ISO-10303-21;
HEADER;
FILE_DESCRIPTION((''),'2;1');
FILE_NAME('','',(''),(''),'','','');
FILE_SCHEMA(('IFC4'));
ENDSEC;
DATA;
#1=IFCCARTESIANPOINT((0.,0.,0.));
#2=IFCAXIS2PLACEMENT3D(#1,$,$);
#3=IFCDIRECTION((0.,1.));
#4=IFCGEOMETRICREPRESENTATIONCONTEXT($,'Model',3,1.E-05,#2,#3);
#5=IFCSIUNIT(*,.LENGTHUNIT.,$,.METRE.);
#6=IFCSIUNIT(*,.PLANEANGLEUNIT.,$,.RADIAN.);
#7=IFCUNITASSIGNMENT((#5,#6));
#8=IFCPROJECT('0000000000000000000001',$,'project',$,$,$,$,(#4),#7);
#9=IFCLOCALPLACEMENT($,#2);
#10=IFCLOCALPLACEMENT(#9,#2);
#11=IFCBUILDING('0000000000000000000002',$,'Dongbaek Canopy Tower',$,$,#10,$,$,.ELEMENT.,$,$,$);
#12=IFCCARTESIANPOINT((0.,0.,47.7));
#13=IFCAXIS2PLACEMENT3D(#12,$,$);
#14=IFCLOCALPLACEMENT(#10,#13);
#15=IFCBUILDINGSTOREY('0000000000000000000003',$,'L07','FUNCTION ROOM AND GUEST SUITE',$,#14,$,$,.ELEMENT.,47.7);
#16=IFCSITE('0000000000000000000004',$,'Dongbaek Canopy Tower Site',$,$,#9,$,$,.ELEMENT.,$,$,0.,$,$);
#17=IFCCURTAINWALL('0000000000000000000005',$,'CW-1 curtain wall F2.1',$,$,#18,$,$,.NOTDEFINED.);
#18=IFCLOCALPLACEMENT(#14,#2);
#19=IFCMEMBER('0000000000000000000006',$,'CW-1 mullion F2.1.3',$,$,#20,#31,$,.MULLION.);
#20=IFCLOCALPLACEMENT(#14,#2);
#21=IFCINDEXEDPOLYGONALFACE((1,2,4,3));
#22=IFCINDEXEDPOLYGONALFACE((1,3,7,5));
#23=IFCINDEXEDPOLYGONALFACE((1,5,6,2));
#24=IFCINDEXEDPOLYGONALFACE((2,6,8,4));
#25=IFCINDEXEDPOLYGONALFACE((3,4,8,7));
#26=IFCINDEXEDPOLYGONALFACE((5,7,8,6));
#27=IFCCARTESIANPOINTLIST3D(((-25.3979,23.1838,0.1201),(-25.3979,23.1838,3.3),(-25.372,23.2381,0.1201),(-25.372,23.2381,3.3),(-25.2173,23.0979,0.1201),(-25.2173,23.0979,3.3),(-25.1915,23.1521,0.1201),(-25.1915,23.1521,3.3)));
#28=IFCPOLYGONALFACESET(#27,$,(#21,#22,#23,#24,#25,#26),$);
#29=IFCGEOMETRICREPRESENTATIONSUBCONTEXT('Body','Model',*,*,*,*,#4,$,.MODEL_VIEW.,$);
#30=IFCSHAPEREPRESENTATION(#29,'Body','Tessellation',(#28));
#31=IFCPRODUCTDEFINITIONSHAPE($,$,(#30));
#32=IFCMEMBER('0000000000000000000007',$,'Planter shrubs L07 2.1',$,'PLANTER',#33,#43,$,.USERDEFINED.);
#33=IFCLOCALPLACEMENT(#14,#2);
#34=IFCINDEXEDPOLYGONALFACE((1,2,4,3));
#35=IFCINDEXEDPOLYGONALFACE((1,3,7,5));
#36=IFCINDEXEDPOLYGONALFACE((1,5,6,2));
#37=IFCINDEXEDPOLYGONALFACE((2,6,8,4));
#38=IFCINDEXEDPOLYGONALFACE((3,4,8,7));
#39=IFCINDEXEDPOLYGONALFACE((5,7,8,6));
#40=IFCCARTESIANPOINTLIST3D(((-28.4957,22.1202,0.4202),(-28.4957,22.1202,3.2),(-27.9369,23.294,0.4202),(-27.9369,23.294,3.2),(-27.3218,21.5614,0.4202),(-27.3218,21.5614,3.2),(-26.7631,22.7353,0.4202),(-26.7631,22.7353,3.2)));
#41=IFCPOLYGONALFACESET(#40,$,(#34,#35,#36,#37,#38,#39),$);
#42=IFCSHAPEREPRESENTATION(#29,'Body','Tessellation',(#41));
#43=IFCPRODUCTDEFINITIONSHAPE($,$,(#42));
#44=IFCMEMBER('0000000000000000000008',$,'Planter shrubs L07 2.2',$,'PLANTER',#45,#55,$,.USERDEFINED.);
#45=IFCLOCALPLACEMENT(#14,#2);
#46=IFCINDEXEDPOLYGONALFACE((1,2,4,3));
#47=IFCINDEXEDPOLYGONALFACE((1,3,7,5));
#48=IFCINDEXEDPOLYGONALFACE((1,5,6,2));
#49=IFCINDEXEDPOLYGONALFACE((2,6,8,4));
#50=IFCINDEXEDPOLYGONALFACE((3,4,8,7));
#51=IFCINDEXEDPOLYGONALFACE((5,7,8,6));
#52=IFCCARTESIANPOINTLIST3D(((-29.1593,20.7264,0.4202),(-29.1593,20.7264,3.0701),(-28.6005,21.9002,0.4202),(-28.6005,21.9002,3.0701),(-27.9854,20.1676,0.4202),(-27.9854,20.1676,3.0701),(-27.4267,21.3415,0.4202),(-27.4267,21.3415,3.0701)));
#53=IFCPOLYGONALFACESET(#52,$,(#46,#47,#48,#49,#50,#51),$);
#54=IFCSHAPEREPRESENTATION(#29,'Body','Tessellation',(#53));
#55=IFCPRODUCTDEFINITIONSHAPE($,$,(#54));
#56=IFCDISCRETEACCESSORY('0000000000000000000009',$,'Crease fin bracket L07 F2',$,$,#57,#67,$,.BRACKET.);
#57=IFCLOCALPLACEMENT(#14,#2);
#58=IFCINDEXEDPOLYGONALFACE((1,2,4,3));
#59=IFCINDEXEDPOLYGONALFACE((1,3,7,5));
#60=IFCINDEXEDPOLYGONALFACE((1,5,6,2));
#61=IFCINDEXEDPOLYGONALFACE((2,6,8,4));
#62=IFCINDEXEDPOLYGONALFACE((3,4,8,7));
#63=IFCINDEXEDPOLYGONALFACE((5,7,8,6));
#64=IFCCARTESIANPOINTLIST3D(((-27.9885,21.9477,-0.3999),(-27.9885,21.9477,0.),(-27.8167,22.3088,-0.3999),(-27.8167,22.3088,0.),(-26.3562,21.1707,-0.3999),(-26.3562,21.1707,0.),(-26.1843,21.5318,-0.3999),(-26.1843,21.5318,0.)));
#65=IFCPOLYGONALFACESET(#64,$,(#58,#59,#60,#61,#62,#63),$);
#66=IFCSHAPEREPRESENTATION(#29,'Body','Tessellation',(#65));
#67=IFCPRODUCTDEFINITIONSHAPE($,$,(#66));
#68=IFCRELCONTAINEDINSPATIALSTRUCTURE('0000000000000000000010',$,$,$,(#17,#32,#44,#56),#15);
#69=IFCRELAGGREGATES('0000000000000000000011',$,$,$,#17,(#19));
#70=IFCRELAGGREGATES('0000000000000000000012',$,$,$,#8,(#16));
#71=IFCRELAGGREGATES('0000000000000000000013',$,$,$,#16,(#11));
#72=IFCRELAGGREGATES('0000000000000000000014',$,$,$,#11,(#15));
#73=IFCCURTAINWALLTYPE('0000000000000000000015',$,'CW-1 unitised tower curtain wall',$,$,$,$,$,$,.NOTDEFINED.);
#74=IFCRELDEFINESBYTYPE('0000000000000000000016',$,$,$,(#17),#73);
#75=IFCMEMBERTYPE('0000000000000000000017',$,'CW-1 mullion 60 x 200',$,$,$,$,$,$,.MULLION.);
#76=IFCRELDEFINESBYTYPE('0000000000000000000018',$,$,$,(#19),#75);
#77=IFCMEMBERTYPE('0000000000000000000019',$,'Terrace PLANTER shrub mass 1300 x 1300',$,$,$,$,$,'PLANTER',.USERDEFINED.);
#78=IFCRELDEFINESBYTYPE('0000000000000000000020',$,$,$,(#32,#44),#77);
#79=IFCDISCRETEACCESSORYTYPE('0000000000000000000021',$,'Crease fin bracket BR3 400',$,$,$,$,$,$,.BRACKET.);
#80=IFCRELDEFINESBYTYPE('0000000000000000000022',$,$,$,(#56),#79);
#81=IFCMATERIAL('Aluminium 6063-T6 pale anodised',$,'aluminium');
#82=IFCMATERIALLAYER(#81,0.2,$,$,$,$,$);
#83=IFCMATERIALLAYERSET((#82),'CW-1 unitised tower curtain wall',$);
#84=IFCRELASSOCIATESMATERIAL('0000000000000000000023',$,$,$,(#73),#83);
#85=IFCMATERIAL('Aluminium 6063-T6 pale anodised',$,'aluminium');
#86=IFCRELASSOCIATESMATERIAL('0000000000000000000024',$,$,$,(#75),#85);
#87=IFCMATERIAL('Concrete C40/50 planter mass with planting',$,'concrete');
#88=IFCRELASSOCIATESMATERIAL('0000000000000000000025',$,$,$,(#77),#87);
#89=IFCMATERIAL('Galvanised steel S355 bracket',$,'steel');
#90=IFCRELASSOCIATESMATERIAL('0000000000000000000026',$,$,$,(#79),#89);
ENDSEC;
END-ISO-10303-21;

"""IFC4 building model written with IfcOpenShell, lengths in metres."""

from ifc_helpers import new_model, si_unit, direction, frame, origin, origin_2d, place, context, subcontext, project, spatial, rectangle, extrude, material, layer, layer_set, material_profile, profile_set, type_object, element, aggregate, save


model = new_model("IFC4")

# Units and contexts
model_context = context("Model", 3, precision=1e-05, world=origin(), true_north=direction((0.0, 1.0)))
body_context = subcontext(model_context, "Body", "Model", "MODEL_VIEW")
ifc_project = project(units=[si_unit("LENGTHUNIT", "METRE"), si_unit("PLANEANGLEUNIT", "RADIAN")], contexts=[model_context])

# Site, building, storey
site_placement = place(None, origin())
site = spatial("IfcSite", under=ifc_project, at=site_placement, Name="Dongbaek Canopy Tower Site", CompositionType="ELEMENT", RefElevation=0.0)
building_placement = place(site_placement, origin())
building = spatial("IfcBuilding", under=site, at=building_placement, Name="Dongbaek Canopy Tower", CompositionType="ELEMENT")
storey_placement = place(building_placement, frame((0.0, 0.0, 47.7)))
storey = spatial("IfcBuildingStorey", under=building, at=storey_placement, Name="L07", Description="FUNCTION ROOM AND GUEST SUITE", CompositionType="ELEMENT", Elevation=47.7)

# Curtain wall, member
ifc_material_1 = material(Name="Aluminium 6063-T6 pale anodised", Category="aluminium")
ifc_layer_1 = layer(ifc_material_1, 0.2)
ifc_layer_set_1 = layer_set([ifc_layer_1], Name="CW-1 unitised tower curtain wall")
curtain_wall_type = type_object("IfcCurtainWallType", Name="CW-1 unitised tower curtain wall", PredefinedType="NOTDEFINED", material=ifc_layer_set_1)
curtain_wall_placement = place(storey_placement, origin())
curtain_wall = element("IfcCurtainWall", 1, at=curtain_wall_placement, inside=storey, type_object=curtain_wall_type, Name="CW-1 curtain wall F2.1", PredefinedType="NOTDEFINED")
ifc_material_2 = material(Name="Aluminium 6063-T6 pale anodised", Category="aluminium")
ifc_material_profile_1 = material_profile(ifc_material_2, rectangle(XDim=0.2, YDim=0.0601, at=origin_2d()), Name="CW-1 mullion 60 x 200")
ifc_profile_set_1 = profile_set([ifc_material_profile_1], Name="Aluminium 6063-T6 pale anodised")
member_type_1 = type_object("IfcMemberType", Name="CW-1 mullion 60 x 200", PredefinedType="MULLION", material=ifc_profile_set_1)
member_1_placement = place(storey_placement, frame((-25.2947, 23.168, 0.1201), z_axis=(0.0, 0.0, 1.0), x_axis=(-0.902929, 0.42979, 0.0)))
member_1 = element("IfcMember", 2, at=member_1_placement, type_object=member_type_1, Name="CW-1 mullion F2.1.3", PredefinedType="MULLION", context=body_context, shape_type="SweptSolid", body=[
    extrude(rectangle(XDim=0.2, YDim=0.0601, at=origin_2d()), origin(), (0.0, 0.0, 1.0), 3.1799),
])
aggregate(curtain_wall, [member_1])

# Members
ifc_material_3 = material(Name="Concrete C40/50 planter mass with planting", Category="concrete")
ifc_material_profile_2 = material_profile(ifc_material_3, rectangle(XDim=1.3, YDim=1.3, at=origin_2d()), Name="Terrace PLANTER shrub mass 1300 x 1300")
ifc_profile_set_2 = profile_set([ifc_material_profile_2], Name="Concrete C40/50 planter mass with planting")
member_type_2 = type_object("IfcMemberType", Name="Terrace PLANTER shrub mass 1300 x 1300", ElementType="PLANTER", PredefinedType="USERDEFINED", material=ifc_profile_set_2)
member_2_placement = place(storey_placement, frame((-27.6294, 22.4277, 0.4202), z_axis=(0.0, 0.0, 1.0), x_axis=(-0.902929, 0.42979, 0.0)))
element("IfcMember", 3, at=member_2_placement, inside=storey, type_object=member_type_2, Name="Planter shrubs L07 2.1", ObjectType="PLANTER", PredefinedType="USERDEFINED", context=body_context, shape_type="SweptSolid", body=[
    extrude(rectangle(XDim=1.3, YDim=1.3, at=origin_2d()), origin(), (0.0, 0.0, 1.0), 2.7798),
])
member_3_placement = place(storey_placement, frame((-28.293, 21.0339, 0.4202), z_axis=(0.0, 0.0, 1.0), x_axis=(-0.902929, 0.42979, 0.0)))
element("IfcMember", 4, at=member_3_placement, inside=storey, type_object=member_type_2, Name="Planter shrubs L07 2.2", ObjectType="PLANTER", PredefinedType="USERDEFINED", context=body_context, shape_type="SweptSolid", body=[
    extrude(rectangle(XDim=1.3, YDim=1.3, at=origin_2d()), origin(), (0.0, 0.0, 1.0), 2.6499),
])

# Discrete accessory
ifc_material_4 = material(Name="Galvanised steel S355 bracket", Category="steel")
discrete_accessory_type = type_object("IfcDiscreteAccessoryType", Name="Crease fin bracket BR3 400", PredefinedType="BRACKET", material=ifc_material_4)
discrete_accessory_placement = place(storey_placement, frame((-27.0864, 21.7397, -0.3999), z_axis=(0.0, 0.0, 1.0), x_axis=(-0.902929, 0.429789, 0.0)))
element("IfcDiscreteAccessory", 5, at=discrete_accessory_placement, inside=storey, type_object=discrete_accessory_type, Name="Crease fin bracket L07 F2", PredefinedType="BRACKET", context=body_context, shape_type="SweptSolid", body=[
    extrude(rectangle(XDim=1.8079, YDim=0.3999, at=origin_2d()), origin(), (0.0, 0.0, 1.0), 0.3999),
])

save(model, "model.ifc")
